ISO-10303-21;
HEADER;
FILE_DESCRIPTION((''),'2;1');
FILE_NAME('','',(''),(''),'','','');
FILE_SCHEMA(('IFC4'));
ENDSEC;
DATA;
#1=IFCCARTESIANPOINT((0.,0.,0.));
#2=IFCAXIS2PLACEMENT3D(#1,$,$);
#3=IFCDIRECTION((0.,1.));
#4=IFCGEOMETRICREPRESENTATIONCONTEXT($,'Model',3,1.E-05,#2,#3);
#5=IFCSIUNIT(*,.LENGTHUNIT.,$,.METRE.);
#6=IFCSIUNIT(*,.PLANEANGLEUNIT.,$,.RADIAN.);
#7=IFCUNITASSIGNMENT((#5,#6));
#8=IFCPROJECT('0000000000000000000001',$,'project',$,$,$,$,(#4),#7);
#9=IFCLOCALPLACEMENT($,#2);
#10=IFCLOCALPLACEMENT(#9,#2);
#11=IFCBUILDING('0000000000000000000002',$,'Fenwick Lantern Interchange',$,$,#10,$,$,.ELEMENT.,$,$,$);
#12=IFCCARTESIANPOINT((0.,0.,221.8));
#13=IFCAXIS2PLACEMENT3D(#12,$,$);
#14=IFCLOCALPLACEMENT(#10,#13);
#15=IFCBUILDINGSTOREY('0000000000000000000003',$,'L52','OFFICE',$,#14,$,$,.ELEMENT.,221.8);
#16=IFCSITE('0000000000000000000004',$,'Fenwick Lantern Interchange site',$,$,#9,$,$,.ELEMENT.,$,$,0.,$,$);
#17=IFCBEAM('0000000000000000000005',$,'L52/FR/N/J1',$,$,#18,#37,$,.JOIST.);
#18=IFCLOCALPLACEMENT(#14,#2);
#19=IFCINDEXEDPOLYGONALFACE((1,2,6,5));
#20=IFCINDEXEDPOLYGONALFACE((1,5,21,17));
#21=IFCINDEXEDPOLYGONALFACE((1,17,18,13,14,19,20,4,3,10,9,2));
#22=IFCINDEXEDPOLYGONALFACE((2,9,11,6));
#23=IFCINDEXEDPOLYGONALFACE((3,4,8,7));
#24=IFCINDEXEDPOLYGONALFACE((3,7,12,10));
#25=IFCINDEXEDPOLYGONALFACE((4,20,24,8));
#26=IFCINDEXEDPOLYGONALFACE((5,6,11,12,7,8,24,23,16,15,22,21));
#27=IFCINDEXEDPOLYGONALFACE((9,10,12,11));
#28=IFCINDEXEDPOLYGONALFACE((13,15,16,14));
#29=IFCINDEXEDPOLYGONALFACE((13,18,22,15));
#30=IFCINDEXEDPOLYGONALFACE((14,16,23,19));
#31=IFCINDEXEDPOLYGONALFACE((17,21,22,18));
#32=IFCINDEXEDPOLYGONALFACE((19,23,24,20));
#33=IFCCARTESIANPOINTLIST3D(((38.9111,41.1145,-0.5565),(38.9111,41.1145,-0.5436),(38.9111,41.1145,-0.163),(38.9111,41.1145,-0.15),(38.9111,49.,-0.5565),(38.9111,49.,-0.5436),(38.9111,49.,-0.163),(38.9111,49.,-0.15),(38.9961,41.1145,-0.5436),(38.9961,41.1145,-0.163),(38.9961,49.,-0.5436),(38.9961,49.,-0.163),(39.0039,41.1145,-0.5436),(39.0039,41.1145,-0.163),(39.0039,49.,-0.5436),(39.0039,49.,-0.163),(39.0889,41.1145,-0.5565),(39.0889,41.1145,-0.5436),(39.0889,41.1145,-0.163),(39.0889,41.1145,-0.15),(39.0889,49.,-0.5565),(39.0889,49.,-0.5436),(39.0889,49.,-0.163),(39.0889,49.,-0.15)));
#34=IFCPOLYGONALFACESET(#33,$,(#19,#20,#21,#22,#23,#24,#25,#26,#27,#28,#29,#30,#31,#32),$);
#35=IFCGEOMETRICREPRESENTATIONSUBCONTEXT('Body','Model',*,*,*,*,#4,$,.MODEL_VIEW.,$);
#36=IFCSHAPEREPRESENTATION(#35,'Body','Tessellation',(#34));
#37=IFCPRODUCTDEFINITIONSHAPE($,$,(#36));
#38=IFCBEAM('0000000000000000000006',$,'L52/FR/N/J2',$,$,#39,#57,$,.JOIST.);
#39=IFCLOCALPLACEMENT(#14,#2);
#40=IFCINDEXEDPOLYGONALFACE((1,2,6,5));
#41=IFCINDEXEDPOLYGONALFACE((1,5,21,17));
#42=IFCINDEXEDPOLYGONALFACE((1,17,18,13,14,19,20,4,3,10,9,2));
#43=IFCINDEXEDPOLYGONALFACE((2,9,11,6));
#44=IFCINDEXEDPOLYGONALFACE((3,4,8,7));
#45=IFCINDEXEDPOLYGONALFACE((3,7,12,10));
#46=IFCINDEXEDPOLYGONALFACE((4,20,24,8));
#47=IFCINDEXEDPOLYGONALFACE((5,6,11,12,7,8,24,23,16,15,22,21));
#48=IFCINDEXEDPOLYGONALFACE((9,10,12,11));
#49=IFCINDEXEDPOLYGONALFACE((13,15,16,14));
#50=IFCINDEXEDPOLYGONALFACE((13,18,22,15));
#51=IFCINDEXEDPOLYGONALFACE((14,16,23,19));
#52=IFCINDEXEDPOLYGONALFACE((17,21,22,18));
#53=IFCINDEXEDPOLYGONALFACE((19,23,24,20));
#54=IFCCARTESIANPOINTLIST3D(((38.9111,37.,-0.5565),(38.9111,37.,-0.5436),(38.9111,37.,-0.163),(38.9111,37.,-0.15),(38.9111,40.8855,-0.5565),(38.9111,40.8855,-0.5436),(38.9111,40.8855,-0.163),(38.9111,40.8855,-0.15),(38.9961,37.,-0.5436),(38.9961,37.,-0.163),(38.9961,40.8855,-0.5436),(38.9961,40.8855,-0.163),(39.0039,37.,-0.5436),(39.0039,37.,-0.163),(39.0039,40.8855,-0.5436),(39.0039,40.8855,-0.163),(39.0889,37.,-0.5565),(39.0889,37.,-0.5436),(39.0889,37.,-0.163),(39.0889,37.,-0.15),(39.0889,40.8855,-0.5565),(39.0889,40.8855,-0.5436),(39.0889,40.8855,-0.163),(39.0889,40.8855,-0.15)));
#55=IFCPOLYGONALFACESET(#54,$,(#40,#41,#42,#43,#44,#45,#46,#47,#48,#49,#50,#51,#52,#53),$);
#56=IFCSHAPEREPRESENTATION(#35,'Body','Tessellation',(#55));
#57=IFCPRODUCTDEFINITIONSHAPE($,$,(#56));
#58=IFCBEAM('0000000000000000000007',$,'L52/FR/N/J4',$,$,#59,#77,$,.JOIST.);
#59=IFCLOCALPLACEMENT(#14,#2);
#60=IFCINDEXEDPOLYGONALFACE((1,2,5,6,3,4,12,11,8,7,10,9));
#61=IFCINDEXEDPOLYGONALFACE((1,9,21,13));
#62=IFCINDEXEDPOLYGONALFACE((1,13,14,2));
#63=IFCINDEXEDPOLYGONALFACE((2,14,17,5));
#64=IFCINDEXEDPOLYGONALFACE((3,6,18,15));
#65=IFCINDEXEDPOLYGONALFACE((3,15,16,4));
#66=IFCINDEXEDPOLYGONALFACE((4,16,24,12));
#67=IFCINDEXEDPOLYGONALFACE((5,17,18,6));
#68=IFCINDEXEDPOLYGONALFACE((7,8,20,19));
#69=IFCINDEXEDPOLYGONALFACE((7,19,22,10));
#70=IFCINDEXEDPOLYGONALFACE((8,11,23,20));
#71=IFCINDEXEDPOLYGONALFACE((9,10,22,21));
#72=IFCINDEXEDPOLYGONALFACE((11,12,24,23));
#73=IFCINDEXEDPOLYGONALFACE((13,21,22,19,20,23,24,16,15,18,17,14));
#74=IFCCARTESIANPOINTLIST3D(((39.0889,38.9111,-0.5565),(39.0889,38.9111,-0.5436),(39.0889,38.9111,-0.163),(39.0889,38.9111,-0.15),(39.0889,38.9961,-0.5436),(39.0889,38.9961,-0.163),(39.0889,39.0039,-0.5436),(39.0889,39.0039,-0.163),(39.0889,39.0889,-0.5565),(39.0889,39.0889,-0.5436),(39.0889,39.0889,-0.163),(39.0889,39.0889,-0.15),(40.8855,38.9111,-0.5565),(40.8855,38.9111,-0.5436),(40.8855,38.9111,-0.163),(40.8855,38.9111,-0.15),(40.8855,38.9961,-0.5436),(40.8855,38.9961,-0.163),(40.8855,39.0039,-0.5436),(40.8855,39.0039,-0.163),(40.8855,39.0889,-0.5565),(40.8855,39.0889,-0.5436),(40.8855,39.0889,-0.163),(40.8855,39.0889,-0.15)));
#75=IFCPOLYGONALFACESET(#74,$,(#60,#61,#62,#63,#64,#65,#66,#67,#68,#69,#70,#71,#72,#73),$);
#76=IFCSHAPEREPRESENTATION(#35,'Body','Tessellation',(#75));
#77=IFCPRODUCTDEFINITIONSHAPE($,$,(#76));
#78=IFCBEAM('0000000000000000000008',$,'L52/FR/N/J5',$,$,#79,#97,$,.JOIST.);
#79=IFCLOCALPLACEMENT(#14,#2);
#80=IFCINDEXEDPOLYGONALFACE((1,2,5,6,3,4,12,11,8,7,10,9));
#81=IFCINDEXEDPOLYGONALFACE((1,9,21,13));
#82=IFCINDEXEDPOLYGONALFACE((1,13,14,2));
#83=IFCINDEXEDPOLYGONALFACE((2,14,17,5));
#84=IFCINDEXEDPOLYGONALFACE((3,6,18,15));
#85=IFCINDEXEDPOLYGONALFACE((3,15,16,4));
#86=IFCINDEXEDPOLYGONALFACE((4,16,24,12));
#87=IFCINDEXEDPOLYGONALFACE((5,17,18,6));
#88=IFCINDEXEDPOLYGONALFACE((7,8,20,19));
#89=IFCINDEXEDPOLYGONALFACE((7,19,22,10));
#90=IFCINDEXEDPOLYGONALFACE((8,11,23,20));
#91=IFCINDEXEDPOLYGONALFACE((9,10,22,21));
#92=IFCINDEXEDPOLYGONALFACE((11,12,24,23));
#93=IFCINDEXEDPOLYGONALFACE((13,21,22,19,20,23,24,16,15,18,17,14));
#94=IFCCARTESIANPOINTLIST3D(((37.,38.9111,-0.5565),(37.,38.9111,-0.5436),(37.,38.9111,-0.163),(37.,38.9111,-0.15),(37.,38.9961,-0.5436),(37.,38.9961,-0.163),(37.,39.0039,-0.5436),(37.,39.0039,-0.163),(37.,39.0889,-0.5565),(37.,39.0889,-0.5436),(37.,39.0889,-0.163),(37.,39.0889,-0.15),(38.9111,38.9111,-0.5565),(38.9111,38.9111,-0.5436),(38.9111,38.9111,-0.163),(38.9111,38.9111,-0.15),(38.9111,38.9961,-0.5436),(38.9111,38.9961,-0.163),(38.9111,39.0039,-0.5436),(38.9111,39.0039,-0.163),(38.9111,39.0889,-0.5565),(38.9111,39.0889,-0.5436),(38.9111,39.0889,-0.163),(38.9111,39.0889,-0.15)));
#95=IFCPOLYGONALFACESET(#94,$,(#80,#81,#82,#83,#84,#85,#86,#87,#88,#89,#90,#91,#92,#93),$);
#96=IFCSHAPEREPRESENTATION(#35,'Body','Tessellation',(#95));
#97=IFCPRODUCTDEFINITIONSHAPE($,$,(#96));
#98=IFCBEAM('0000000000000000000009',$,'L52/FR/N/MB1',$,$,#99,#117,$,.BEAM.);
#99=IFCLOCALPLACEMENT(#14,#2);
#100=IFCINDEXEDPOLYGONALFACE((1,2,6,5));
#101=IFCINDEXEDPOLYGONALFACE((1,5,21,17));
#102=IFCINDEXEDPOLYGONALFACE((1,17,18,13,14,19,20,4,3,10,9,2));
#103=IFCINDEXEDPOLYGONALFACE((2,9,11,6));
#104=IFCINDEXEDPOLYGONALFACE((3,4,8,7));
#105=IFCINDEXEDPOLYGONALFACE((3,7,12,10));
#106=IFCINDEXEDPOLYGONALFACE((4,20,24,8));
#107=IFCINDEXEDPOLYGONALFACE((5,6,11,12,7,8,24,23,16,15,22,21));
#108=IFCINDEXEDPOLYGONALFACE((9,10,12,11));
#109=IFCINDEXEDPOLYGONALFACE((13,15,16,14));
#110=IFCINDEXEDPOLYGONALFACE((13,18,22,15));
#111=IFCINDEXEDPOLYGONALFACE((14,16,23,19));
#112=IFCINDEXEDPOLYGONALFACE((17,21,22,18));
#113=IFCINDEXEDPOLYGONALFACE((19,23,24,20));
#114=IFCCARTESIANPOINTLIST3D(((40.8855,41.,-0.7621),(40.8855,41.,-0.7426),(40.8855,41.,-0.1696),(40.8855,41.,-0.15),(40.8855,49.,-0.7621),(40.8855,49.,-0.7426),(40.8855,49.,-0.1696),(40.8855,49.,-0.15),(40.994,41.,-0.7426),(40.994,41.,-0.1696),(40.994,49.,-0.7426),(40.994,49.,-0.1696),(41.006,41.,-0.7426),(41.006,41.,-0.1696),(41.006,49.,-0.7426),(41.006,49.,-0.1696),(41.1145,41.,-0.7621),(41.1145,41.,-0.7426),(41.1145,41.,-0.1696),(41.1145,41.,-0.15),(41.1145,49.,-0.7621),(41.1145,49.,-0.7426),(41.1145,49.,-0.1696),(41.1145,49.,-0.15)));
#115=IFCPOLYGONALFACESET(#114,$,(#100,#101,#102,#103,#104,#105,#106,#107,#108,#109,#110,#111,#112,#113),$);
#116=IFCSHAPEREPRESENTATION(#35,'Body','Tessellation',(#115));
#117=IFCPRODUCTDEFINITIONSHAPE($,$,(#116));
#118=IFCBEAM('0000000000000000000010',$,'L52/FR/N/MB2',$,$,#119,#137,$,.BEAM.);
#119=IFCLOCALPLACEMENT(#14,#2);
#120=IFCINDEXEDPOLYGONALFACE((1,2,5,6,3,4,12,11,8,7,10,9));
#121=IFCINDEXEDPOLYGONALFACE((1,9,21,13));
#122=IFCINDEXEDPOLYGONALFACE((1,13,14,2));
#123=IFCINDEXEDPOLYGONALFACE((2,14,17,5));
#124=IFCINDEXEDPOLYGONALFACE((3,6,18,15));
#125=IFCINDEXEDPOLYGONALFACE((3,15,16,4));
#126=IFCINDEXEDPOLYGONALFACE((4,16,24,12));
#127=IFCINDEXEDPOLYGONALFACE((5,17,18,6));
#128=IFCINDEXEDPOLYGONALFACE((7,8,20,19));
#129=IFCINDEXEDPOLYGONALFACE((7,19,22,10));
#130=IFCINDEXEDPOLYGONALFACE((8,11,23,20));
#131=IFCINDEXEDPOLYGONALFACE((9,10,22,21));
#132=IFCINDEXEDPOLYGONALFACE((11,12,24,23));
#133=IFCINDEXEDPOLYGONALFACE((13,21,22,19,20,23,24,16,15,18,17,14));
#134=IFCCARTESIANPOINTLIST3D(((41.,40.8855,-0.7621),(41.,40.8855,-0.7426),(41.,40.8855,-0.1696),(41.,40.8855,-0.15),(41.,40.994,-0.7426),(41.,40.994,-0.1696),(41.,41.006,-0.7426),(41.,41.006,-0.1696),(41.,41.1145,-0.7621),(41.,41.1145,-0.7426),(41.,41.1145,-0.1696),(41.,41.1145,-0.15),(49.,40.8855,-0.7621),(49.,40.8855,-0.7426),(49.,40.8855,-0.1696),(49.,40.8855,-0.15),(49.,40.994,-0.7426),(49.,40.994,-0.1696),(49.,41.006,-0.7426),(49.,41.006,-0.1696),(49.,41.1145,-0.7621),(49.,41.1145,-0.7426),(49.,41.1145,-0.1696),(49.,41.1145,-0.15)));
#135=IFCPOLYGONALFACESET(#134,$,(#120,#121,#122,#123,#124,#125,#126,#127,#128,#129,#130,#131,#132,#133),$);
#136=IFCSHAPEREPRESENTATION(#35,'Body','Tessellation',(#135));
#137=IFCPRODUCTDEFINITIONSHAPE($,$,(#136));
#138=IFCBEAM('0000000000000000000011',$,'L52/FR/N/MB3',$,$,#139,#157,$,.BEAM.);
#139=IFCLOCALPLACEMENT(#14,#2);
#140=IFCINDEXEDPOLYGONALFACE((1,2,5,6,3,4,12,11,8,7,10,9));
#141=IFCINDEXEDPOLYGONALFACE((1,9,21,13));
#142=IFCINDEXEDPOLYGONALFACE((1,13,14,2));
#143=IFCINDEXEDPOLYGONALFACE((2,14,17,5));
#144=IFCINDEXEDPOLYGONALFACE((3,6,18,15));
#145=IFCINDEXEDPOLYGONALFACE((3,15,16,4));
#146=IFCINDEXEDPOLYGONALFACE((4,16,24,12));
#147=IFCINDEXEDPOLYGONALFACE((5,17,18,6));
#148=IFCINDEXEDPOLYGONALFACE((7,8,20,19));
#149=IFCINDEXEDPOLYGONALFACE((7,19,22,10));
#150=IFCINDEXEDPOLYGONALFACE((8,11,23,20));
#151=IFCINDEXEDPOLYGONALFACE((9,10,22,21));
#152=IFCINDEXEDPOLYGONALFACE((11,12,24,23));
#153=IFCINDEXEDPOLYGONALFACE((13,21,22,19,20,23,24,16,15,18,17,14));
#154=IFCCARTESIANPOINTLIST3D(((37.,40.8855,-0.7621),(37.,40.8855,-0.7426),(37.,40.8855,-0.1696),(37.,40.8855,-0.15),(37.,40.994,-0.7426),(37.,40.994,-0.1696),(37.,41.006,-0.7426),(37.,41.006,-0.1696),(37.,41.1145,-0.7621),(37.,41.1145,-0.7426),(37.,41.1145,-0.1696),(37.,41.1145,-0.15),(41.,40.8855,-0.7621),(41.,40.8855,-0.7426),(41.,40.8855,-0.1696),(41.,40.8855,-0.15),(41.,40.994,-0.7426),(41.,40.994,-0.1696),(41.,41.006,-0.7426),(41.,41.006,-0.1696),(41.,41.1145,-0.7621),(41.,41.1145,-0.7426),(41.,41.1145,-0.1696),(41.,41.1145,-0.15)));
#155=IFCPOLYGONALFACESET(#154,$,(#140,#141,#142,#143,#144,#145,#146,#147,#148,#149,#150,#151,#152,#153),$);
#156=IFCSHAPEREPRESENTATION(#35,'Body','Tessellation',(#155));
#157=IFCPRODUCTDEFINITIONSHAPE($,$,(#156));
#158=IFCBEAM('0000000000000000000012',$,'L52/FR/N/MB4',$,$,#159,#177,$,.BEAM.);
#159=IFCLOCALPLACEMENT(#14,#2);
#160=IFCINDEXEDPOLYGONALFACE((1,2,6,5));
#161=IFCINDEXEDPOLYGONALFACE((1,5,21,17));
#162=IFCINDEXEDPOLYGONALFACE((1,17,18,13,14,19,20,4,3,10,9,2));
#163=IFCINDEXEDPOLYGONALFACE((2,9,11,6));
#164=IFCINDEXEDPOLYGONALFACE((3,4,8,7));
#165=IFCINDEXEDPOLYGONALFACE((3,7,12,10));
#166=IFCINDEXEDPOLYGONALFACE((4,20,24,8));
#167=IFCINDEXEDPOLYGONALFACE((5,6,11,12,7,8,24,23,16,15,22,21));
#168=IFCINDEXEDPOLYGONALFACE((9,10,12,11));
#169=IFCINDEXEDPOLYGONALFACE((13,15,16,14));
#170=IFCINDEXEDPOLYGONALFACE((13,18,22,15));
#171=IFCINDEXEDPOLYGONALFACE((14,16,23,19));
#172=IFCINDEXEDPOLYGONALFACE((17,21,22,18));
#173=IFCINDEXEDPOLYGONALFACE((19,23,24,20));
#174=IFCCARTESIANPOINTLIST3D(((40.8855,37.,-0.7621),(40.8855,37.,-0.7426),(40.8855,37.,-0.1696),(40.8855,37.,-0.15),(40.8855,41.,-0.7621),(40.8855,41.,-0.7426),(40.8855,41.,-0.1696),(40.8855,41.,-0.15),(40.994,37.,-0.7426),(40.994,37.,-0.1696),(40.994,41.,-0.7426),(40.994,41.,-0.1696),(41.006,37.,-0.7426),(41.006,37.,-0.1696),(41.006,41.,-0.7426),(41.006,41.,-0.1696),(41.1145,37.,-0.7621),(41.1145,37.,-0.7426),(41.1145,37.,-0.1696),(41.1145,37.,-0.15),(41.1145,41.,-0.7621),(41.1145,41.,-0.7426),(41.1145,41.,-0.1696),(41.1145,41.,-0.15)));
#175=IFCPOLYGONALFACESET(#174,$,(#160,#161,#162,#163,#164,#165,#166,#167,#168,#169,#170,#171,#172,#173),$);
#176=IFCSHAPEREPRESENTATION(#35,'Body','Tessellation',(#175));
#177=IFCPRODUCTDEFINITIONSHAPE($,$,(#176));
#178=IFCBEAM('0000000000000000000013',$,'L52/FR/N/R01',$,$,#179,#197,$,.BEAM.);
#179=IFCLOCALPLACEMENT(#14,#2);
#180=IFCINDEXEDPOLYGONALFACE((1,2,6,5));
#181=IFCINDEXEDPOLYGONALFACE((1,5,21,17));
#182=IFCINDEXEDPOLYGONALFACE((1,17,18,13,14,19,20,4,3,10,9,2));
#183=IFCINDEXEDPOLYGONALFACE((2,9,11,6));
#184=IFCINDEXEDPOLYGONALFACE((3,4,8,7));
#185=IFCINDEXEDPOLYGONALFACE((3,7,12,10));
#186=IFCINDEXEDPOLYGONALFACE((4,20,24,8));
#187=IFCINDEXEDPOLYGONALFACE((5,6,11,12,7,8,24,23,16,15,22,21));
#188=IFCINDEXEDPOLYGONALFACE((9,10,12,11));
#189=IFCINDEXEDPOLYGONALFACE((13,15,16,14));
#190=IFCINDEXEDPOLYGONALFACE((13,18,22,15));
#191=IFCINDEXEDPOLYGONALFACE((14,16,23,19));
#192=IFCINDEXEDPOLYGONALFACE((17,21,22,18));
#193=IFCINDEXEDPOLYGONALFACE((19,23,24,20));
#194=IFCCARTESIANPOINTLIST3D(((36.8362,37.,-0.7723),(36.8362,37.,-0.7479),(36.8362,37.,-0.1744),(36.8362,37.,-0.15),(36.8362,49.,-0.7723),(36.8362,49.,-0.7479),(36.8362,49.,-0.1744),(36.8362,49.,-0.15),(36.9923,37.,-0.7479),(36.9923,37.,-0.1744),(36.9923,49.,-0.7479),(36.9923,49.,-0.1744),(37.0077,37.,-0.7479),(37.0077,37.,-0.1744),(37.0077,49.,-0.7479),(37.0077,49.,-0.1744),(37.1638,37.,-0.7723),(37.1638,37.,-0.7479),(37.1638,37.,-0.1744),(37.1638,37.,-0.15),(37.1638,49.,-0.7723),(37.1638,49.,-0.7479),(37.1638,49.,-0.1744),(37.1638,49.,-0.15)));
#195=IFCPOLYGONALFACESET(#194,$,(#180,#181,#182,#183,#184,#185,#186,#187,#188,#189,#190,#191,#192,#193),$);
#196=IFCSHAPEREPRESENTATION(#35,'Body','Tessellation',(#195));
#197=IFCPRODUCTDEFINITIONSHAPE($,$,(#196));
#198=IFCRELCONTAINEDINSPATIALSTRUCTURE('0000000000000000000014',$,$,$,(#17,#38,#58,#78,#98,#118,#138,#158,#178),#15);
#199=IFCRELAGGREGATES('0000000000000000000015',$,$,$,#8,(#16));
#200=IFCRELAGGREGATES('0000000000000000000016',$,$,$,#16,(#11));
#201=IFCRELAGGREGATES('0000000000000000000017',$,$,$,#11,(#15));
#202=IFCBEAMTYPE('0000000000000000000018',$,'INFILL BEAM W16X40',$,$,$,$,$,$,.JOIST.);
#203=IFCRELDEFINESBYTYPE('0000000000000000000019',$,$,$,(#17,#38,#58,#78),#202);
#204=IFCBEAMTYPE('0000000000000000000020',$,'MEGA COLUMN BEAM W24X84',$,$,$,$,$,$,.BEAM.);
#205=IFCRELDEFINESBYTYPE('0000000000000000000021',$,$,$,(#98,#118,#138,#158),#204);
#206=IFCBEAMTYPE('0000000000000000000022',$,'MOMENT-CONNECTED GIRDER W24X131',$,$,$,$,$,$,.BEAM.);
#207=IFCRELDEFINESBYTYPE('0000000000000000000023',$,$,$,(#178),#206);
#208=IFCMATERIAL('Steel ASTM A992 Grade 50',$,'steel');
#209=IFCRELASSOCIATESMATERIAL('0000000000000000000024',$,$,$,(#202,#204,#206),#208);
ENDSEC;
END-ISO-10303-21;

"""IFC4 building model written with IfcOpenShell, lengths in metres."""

from ifc_helpers import new_model, si_unit, direction, frame, origin, origin_2d, place, context, subcontext, project, spatial, i_section, extrude, material, material_profile, profile_set, type_object, element, save


model = new_model("IFC4")

# Units and contexts
model_context = context("Model", 3, precision=1e-05, world=origin(), true_north=direction((0.0, 1.0)))
body_context = subcontext(model_context, "Body", "Model", "MODEL_VIEW")
ifc_project = project(units=[si_unit("LENGTHUNIT", "METRE"), si_unit("PLANEANGLEUNIT", "RADIAN")], contexts=[model_context])

# Site, building, storey
site_placement = place(None, origin())
site = spatial("IfcSite", under=ifc_project, at=site_placement, Name="Fenwick Lantern Interchange site", CompositionType="ELEMENT", RefElevation=0.0)
building_placement = place(site_placement, origin())
building = spatial("IfcBuilding", under=site, at=building_placement, Name="Fenwick Lantern Interchange", CompositionType="ELEMENT")
storey_placement = place(building_placement, frame((0.0, 0.0, 221.8)))
storey = spatial("IfcBuildingStorey", under=building, at=storey_placement, Name="L52", Description="OFFICE", CompositionType="ELEMENT", Elevation=221.8)

# Shared definitions
ifc_material_1 = material(Name="Steel ASTM A992 Grade 50", Category="steel")

# Beams
ifc_material_profile_1 = material_profile(ifc_material_1, i_section(OverallWidth=0.1777, OverallDepth=0.4065, WebThickness=0.0078, FlangeThickness=0.0129, at=origin_2d()), Name="W16X40")
ifc_profile_set_1 = profile_set([ifc_material_profile_1], Name="Steel ASTM A992 Grade 50")
beam_type_1 = type_object("IfcBeamType", Name="INFILL BEAM W16X40", PredefinedType="JOIST", material=ifc_profile_set_1)
beam_1_placement = place(storey_placement, frame((39.0, 49.0, -0.3533), z_axis=(0.0, -1.0, 0.0), x_axis=(1.0, 0.0, 0.0)))
element("IfcBeam", 1, at=beam_1_placement, inside=storey, type_object=beam_type_1, Name="L52/FR/N/J1", PredefinedType="JOIST", context=body_context, shape_type="SweptSolid", body=[
    extrude(i_section(OverallWidth=0.1777, OverallDepth=0.4065, WebThickness=0.0078, FlangeThickness=0.0129, at=origin_2d()), origin(), (0.0, 0.0, 1.0), 7.8855),
])
beam_2_placement = place(storey_placement, frame((39.0, 40.8855, -0.3533), z_axis=(0.0, -1.0, 0.0), x_axis=(1.0, 0.0, 0.0)))
element("IfcBeam", 2, at=beam_2_placement, inside=storey, type_object=beam_type_1, Name="L52/FR/N/J2", PredefinedType="JOIST", context=body_context, shape_type="SweptSolid", body=[
    extrude(i_section(OverallWidth=0.1777, OverallDepth=0.4065, WebThickness=0.0078, FlangeThickness=0.0129, at=origin_2d()), origin(), (0.0, 0.0, 1.0), 3.8855),
])
beam_3_placement = place(storey_placement, frame((40.8855, 39.0, -0.3533), z_axis=(-1.0, 0.0, 0.0), x_axis=(0.0, -1.0, 0.0)))
element("IfcBeam", 3, at=beam_3_placement, inside=storey, type_object=beam_type_1, Name="L52/FR/N/J4", PredefinedType="JOIST", context=body_context, shape_type="SweptSolid", body=[
    extrude(i_section(OverallWidth=0.1777, OverallDepth=0.4065, WebThickness=0.0078, FlangeThickness=0.0129, at=origin_2d()), origin(), (0.0, 0.0, 1.0), 1.7966),
])
beam_4_placement = place(storey_placement, frame((38.9111, 39.0, -0.3533), z_axis=(-1.0, 0.0, 0.0), x_axis=(0.0, -1.0, 0.0)))
element("IfcBeam", 4, at=beam_4_placement, inside=storey, type_object=beam_type_1, Name="L52/FR/N/J5", PredefinedType="JOIST", context=body_context, shape_type="SweptSolid", body=[
    extrude(i_section(OverallWidth=0.1777, OverallDepth=0.4065, WebThickness=0.0078, FlangeThickness=0.0129, at=origin_2d()), origin(), (0.0, 0.0, 1.0), 1.9111),
])
ifc_material_profile_2 = material_profile(ifc_material_1, i_section(OverallWidth=0.229, OverallDepth=0.6121, WebThickness=0.012, FlangeThickness=0.0195, at=origin_2d()), Name="W24X84")
ifc_profile_set_2 = profile_set([ifc_material_profile_2], Name="Steel ASTM A992 Grade 50")
beam_type_2 = type_object("IfcBeamType", Name="MEGA COLUMN BEAM W24X84", PredefinedType="BEAM", material=ifc_profile_set_2)
for number, where, z_axis, x_axis, name in (
    (5, (41.0, 41.0, -0.4561), (0.0, 1.0, 0.0), (-1.0, 0.0, 0.0), "L52/FR/N/MB1"),
    (6, (41.0, 41.0, -0.4561), (1.0, 0.0, 0.0), (0.0, 1.0, 0.0), "L52/FR/N/MB2"),
):
    element("IfcBeam", number, at=place(storey_placement, frame(where, z_axis=z_axis, x_axis=x_axis)), inside=storey, type_object=beam_type_2, Name=name, PredefinedType="BEAM", context=body_context, shape_type="SweptSolid", body=[
        extrude(i_section(OverallWidth=0.229, OverallDepth=0.6121, WebThickness=0.012, FlangeThickness=0.0195, at=origin_2d()), origin(), (0.0, 0.0, 1.0), 8.0),
    ])
for number, where, z_axis, x_axis, name in (
    (7, (41.0, 41.0, -0.4561), (-1.0, 0.0, 0.0), (0.0, -1.0, 0.0), "L52/FR/N/MB3"),
    (8, (41.0, 41.0, -0.4561), (0.0, -1.0, 0.0), (1.0, 0.0, 0.0), "L52/FR/N/MB4"),
):
    element("IfcBeam", number, at=place(storey_placement, frame(where, z_axis=z_axis, x_axis=x_axis)), inside=storey, type_object=beam_type_2, Name=name, PredefinedType="BEAM", context=body_context, shape_type="SweptSolid", body=[
        extrude(i_section(OverallWidth=0.229, OverallDepth=0.6121, WebThickness=0.012, FlangeThickness=0.0195, at=origin_2d()), origin(), (0.0, 0.0, 1.0), 4.0),
    ])
ifc_material_profile_3 = material_profile(ifc_material_1, i_section(OverallWidth=0.3276, OverallDepth=0.6223, WebThickness=0.0154, FlangeThickness=0.0244, at=origin_2d()), Name="W24X131")
ifc_profile_set_3 = profile_set([ifc_material_profile_3], Name="Steel ASTM A992 Grade 50")
beam_type_3 = type_object("IfcBeamType", Name="MOMENT-CONNECTED GIRDER W24X131", PredefinedType="BEAM", material=ifc_profile_set_3)
beam_5_placement = place(storey_placement, frame((37.0, 49.0, -0.4612), z_axis=(0.0, -1.0, 0.0), x_axis=(1.0, 0.0, 0.0)))
element("IfcBeam", 9, at=beam_5_placement, inside=storey, type_object=beam_type_3, Name="L52/FR/N/R01", PredefinedType="BEAM", context=body_context, shape_type="SweptSolid", body=[
    extrude(i_section(OverallWidth=0.3276, OverallDepth=0.6223, WebThickness=0.0154, FlangeThickness=0.0244, at=origin_2d()), origin(), (0.0, 0.0, 1.0), 12.0),
])

save(model, "model.ifc")
